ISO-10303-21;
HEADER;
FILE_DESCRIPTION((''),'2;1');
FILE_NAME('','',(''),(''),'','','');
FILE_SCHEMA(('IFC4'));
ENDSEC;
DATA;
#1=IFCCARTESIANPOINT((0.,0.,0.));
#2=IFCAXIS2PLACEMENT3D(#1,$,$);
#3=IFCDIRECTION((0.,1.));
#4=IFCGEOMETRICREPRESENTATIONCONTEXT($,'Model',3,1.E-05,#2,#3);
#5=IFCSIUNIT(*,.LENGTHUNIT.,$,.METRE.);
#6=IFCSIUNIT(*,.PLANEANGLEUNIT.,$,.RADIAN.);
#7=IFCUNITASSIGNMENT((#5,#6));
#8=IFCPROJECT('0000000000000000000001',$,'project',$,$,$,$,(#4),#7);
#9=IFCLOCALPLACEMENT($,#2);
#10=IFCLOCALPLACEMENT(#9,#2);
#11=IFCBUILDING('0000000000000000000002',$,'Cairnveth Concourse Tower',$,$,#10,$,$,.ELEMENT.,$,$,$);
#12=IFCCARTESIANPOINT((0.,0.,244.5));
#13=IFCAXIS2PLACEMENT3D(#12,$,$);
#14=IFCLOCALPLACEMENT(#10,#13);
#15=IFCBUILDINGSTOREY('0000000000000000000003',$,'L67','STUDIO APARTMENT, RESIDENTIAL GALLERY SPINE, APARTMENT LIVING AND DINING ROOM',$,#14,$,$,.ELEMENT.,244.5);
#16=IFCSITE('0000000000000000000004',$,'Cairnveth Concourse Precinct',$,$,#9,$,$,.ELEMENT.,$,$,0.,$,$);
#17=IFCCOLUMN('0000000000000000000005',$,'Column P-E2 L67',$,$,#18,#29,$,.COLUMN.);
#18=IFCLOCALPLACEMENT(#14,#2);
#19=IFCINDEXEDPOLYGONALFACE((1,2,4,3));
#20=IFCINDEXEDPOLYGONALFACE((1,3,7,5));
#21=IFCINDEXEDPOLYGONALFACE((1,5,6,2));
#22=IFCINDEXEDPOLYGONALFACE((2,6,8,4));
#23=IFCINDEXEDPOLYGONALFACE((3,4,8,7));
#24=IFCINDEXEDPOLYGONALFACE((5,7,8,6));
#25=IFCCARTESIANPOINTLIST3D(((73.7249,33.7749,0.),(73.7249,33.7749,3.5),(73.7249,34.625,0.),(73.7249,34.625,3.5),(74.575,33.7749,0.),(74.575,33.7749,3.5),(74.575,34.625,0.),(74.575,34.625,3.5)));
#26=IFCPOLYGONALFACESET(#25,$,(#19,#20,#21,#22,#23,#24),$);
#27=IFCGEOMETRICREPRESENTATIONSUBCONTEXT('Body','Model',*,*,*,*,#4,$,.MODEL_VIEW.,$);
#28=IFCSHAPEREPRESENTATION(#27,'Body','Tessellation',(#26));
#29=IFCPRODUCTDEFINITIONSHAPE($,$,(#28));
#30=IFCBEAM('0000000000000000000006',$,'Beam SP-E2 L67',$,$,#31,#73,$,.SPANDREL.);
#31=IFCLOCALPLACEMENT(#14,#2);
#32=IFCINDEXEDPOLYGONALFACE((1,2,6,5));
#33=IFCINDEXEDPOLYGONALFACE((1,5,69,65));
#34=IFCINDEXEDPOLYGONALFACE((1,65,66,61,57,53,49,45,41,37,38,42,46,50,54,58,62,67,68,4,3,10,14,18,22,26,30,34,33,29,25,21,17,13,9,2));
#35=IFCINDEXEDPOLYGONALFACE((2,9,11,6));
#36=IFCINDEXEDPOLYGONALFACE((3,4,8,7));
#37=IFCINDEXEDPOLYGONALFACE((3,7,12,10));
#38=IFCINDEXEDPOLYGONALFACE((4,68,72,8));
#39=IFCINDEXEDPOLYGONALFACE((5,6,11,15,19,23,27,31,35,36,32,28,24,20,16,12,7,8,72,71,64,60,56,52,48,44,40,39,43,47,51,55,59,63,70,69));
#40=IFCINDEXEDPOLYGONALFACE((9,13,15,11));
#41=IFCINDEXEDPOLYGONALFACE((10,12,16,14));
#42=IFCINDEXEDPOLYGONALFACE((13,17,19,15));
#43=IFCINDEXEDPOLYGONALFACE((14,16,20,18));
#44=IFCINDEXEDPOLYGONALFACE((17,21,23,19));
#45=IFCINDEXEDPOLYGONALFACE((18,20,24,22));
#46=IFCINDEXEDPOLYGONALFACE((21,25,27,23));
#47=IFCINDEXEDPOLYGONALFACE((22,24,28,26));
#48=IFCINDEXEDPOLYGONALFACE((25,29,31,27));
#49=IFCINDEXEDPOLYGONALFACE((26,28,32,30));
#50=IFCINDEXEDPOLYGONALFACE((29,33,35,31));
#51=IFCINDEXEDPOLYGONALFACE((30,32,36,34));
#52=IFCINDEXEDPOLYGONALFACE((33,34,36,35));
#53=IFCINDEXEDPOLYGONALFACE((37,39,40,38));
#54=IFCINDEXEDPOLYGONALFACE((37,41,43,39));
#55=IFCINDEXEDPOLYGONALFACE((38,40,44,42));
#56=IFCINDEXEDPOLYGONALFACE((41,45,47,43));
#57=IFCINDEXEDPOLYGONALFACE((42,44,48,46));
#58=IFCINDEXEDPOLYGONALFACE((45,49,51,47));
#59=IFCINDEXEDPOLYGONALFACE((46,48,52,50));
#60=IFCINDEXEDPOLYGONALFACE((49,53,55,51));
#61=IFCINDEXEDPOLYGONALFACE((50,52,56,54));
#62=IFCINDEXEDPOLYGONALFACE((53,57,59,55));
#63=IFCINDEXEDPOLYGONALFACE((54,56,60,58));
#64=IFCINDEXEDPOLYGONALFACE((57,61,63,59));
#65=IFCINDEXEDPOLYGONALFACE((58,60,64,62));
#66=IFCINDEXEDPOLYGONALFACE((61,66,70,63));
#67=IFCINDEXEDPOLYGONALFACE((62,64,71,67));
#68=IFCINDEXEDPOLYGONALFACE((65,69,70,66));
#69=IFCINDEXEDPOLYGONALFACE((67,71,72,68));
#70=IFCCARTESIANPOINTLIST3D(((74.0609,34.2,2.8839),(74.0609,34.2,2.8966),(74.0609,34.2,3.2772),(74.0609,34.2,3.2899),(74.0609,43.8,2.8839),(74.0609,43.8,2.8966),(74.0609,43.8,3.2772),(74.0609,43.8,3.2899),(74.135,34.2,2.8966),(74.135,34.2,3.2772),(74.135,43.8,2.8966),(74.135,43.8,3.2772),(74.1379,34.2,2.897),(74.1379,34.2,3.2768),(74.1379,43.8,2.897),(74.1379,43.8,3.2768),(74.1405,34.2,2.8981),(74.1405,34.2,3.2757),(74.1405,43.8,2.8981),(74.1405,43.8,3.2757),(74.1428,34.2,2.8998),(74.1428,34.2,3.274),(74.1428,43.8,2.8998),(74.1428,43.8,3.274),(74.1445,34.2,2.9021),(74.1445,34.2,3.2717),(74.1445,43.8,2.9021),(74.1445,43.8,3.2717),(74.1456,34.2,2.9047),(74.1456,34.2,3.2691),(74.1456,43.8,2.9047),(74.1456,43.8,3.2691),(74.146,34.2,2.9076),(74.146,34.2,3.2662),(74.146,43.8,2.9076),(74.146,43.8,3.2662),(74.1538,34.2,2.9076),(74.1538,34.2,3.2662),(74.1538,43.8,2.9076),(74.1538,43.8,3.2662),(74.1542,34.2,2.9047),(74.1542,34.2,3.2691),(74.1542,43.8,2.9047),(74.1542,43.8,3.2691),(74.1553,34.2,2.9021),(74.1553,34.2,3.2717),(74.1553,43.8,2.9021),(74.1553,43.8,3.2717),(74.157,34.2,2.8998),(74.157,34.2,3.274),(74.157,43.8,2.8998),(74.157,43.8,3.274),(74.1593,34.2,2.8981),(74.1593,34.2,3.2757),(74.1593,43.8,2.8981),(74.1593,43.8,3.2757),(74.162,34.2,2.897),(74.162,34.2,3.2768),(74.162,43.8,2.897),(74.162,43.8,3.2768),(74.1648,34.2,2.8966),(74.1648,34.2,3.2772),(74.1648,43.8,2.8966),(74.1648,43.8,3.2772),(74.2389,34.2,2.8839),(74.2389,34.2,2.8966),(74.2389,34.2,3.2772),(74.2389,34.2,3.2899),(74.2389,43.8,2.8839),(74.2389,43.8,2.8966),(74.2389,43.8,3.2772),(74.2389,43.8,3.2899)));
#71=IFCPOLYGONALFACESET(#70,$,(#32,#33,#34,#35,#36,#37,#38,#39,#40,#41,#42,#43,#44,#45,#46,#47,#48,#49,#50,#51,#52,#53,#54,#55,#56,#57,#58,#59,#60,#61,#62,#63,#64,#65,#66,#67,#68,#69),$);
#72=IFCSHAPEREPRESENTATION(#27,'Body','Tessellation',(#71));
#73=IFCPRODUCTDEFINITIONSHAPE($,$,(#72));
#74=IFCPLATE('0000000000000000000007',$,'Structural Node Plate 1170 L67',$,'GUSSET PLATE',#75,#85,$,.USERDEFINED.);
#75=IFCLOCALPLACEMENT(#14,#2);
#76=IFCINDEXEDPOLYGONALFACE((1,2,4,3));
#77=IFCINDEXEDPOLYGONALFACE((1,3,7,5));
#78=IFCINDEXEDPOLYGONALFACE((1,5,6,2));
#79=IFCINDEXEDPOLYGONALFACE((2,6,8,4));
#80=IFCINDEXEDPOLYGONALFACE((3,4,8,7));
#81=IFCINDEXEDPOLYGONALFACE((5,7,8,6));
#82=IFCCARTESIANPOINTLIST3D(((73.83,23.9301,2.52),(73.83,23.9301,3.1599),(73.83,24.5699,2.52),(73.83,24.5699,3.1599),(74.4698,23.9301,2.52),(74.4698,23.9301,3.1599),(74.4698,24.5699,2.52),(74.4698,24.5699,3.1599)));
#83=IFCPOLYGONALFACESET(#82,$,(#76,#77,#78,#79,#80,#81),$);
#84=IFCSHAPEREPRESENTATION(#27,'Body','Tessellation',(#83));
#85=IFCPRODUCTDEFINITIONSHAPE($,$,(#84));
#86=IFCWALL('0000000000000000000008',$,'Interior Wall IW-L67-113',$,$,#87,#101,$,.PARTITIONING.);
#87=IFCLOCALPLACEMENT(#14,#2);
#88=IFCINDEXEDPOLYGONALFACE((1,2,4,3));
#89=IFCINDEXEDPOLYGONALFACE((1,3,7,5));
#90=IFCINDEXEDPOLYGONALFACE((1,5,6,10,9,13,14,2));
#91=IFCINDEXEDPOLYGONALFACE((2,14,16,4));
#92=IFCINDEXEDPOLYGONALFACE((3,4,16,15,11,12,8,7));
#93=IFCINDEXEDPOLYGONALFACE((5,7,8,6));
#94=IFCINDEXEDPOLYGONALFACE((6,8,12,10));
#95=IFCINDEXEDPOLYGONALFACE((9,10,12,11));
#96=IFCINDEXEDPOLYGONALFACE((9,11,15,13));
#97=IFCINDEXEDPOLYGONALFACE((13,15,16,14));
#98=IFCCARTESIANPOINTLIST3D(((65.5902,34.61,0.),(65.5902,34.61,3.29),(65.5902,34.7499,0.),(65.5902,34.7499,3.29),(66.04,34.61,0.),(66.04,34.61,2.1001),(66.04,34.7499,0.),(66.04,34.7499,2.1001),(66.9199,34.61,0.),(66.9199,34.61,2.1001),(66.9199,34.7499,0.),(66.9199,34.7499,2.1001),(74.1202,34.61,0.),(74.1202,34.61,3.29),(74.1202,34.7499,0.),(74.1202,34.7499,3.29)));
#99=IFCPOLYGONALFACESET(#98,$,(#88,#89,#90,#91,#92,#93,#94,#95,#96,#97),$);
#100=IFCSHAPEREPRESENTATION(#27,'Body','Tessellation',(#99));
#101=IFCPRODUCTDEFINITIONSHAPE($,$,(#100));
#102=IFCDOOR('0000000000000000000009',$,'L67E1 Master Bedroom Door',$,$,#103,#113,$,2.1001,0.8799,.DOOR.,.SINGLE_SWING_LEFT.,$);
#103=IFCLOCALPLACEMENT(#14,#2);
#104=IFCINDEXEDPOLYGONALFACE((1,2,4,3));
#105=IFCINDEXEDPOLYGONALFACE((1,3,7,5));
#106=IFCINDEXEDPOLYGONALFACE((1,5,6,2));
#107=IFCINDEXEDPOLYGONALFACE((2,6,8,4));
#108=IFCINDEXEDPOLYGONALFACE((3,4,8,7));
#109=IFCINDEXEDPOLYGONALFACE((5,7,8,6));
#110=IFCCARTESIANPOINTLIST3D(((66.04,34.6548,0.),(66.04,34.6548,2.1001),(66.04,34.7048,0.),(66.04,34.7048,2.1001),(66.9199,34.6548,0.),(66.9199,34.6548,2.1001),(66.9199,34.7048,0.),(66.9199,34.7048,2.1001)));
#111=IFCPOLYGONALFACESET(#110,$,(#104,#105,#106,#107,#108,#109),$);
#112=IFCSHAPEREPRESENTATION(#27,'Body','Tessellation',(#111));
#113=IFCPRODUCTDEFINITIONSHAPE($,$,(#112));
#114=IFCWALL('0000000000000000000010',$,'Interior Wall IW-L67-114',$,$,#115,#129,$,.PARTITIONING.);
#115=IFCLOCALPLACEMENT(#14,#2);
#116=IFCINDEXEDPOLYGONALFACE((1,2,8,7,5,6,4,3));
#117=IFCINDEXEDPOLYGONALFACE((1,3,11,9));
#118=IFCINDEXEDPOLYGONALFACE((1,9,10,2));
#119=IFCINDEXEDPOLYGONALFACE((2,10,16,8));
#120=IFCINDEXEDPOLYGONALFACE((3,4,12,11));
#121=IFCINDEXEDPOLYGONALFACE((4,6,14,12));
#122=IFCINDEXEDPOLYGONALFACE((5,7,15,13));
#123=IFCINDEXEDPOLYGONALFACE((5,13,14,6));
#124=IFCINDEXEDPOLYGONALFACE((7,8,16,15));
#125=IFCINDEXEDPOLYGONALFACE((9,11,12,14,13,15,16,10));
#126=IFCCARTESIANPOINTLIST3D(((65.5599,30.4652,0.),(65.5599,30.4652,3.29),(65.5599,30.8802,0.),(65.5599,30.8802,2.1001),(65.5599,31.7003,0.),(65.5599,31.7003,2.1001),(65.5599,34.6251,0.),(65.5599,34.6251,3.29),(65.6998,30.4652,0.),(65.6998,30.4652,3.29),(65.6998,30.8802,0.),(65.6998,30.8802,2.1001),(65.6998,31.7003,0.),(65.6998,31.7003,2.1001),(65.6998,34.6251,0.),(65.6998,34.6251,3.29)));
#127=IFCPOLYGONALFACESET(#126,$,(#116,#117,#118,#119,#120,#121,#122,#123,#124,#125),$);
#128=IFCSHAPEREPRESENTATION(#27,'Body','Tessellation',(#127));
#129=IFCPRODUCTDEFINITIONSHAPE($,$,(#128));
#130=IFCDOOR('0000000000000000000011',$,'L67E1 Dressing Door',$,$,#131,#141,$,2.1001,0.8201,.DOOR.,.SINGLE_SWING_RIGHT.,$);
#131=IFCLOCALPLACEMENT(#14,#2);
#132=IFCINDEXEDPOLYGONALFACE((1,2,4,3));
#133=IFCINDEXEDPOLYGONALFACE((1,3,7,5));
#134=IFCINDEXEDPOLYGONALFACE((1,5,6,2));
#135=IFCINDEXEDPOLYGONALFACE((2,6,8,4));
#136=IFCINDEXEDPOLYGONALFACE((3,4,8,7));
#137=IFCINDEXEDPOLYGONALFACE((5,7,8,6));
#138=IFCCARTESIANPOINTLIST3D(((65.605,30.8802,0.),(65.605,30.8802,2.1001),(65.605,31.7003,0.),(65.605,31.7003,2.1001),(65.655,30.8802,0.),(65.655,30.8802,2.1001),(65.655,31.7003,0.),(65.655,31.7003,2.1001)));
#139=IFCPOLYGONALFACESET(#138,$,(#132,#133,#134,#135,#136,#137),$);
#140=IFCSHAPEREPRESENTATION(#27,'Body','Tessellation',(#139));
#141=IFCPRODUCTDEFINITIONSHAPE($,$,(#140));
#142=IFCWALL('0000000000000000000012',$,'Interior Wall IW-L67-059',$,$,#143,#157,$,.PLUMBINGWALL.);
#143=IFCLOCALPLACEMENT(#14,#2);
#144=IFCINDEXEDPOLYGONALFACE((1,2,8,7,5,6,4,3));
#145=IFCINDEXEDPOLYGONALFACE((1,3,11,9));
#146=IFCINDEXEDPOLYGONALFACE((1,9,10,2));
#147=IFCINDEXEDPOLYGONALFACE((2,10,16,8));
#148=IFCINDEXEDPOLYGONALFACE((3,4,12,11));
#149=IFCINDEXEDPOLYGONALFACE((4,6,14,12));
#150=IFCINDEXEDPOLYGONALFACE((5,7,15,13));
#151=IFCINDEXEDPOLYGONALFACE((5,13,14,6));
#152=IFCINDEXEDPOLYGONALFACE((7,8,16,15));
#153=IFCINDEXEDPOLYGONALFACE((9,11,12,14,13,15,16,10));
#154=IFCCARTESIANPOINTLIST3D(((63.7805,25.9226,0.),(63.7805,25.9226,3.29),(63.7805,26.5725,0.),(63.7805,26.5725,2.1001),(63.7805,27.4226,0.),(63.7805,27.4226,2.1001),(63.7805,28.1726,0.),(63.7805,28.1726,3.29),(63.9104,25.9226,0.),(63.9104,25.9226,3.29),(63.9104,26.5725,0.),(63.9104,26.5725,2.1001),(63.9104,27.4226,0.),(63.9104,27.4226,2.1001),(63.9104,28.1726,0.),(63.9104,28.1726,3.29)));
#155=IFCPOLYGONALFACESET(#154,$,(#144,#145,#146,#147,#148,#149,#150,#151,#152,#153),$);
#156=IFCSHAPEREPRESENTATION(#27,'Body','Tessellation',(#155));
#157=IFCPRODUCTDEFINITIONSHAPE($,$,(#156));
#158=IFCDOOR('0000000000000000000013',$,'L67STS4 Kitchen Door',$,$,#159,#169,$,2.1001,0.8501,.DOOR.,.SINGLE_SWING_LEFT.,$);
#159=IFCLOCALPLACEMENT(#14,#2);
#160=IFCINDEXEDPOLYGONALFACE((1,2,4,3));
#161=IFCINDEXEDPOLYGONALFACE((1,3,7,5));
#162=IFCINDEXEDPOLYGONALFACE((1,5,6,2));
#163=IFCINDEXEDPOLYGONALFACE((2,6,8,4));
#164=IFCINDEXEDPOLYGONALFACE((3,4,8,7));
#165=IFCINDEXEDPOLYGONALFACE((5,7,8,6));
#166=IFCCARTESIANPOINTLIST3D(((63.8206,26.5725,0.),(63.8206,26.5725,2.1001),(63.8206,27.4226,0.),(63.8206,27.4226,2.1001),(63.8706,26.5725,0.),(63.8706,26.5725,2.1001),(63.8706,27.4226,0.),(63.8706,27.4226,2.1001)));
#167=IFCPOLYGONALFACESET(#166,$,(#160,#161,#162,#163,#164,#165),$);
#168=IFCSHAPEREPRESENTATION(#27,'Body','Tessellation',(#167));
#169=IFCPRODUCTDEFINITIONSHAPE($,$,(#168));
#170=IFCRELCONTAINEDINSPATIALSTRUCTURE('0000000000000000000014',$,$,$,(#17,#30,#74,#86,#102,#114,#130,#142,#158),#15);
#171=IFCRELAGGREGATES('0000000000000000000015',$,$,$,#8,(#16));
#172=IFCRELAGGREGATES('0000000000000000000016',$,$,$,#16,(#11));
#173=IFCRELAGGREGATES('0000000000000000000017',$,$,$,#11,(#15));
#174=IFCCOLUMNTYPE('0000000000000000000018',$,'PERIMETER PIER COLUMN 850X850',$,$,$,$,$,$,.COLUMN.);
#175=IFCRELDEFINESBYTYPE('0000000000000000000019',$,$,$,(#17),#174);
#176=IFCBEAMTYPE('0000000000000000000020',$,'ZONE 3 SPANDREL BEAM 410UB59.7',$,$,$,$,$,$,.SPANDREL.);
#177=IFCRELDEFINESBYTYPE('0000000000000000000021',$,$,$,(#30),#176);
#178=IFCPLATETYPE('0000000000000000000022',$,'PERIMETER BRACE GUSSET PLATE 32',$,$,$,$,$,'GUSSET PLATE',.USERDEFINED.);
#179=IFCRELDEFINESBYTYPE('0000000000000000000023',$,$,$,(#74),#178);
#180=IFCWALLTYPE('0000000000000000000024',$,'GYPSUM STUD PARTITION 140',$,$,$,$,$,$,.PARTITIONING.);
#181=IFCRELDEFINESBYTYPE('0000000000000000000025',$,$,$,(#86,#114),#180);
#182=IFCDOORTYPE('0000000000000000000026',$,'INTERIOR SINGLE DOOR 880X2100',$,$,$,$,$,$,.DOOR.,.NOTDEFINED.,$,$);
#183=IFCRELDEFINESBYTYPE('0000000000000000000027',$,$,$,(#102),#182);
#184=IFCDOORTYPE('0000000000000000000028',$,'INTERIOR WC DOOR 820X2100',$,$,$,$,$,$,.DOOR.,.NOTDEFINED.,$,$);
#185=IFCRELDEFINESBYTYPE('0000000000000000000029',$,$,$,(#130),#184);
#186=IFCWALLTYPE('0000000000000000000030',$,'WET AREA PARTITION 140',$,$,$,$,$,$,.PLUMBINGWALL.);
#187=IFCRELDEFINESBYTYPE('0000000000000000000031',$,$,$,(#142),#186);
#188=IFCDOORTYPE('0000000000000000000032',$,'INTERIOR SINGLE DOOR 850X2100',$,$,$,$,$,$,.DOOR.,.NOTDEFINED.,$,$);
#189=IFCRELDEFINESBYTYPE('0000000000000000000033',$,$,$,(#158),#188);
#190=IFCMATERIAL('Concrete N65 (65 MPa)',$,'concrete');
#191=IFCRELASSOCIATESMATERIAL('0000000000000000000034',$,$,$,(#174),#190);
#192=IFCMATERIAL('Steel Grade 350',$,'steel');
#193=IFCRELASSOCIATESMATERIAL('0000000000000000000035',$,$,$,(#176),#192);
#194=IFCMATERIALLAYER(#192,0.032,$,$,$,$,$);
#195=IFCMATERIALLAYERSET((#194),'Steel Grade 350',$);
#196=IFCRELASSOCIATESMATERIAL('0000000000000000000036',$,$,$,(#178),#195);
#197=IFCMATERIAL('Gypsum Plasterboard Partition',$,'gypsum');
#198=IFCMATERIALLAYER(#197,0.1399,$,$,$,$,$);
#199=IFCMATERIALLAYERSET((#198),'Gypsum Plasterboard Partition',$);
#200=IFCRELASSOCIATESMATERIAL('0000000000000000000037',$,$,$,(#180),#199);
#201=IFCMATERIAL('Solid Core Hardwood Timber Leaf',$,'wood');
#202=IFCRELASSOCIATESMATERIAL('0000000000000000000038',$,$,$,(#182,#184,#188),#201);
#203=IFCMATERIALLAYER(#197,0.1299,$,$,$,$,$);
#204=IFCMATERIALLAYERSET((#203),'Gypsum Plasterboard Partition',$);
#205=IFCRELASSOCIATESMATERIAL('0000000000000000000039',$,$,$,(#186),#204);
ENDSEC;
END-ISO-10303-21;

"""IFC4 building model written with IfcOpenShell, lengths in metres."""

from ifc_helpers import new_model, si_unit, direction, frame, frame_2d, origin, origin_2d, place, context, subcontext, project, spatial, rectangle, i_section, extrude, material, layer, layer_set, material_profile, profile_set, type_object, element, fill, save


model = new_model("IFC4")

# Units and contexts
model_context = context("Model", 3, precision=1e-05, world=origin(), true_north=direction((0.0, 1.0)))
body_context = subcontext(model_context, "Body", "Model", "MODEL_VIEW")
ifc_project = project(units=[si_unit("LENGTHUNIT", "METRE"), si_unit("PLANEANGLEUNIT", "RADIAN")], contexts=[model_context])

# Site, building, storey
site_placement = place(None, origin())
site = spatial("IfcSite", under=ifc_project, at=site_placement, Name="Cairnveth Concourse Precinct", CompositionType="ELEMENT", RefElevation=0.0)
building_placement = place(site_placement, origin())
building = spatial("IfcBuilding", under=site, at=building_placement, Name="Cairnveth Concourse Tower", CompositionType="ELEMENT")
storey_placement = place(building_placement, frame((0.0, 0.0, 244.5)))
storey = spatial("IfcBuildingStorey", under=building, at=storey_placement, Name="L67", Description="STUDIO APARTMENT, RESIDENTIAL GALLERY SPINE, APARTMENT LIVING AND DINING ROOM", CompositionType="ELEMENT", Elevation=244.5)

# Column
ifc_material_1 = material(Name="Concrete N65 (65 MPa)", Category="concrete")
ifc_material_profile_1 = material_profile(ifc_material_1, rectangle(XDim=0.8501, YDim=0.8501, at=origin_2d()), Name="RC-COL-850x850")
ifc_profile_set_1 = profile_set([ifc_material_profile_1], Name="Concrete N65 (65 MPa)")
column_type = type_object("IfcColumnType", Name="PERIMETER PIER COLUMN 850X850", PredefinedType="COLUMN", material=ifc_profile_set_1)
column_placement = place(storey_placement, frame((74.1499, 34.2, 0.0), z_axis=(0.0, 0.0, 1.0), x_axis=(0.0, 1.0, 0.0)))
element("IfcColumn", 1, at=column_placement, inside=storey, type_object=column_type, Name="Column P-E2 L67", PredefinedType="COLUMN", context=body_context, shape_type="SweptSolid", body=[
    extrude(rectangle(XDim=0.8501, YDim=0.8501, at=origin_2d()), origin(), (0.0, 0.0, 1.0), 3.5),
])

# Beam
ifc_material_2 = material(Name="Steel Grade 350", Category="steel")
ifc_material_profile_2 = material_profile(ifc_material_2, i_section(OverallWidth=0.178, OverallDepth=0.406, WebThickness=0.0078, FlangeThickness=0.0127, FilletRadius=0.011, at=origin_2d()), Name="410UB59.7")
ifc_profile_set_2 = profile_set([ifc_material_profile_2], Name="Steel Grade 350")
beam_type = type_object("IfcBeamType", Name="ZONE 3 SPANDREL BEAM 410UB59.7", PredefinedType="SPANDREL", material=ifc_profile_set_2)
beam_placement = place(storey_placement, frame((74.1499, 34.2, 3.0869), z_axis=(0.0, 1.0, 0.0), x_axis=(-1.0, 0.0, 0.0)))
element("IfcBeam", 2, at=beam_placement, inside=storey, type_object=beam_type, Name="Beam SP-E2 L67", PredefinedType="SPANDREL", context=body_context, shape_type="SweptSolid", body=[
    extrude(i_section(OverallWidth=0.178, OverallDepth=0.406, WebThickness=0.0078, FlangeThickness=0.0127, FilletRadius=0.011, at=origin_2d()), origin(), (0.0, 0.0, 1.0), 9.6001),
])

# Plate
ifc_layer_1 = layer(ifc_material_2, 0.032)
ifc_layer_set_1 = layer_set([ifc_layer_1], Name="Steel Grade 350")
plate_type = type_object("IfcPlateType", Name="PERIMETER BRACE GUSSET PLATE 32", ElementType="GUSSET PLATE", PredefinedType="USERDEFINED", material=ifc_layer_set_1)
plate_placement = place(storey_placement, frame((74.1499, 24.25, 2.52), z_axis=(0.0, 0.0, 1.0), x_axis=(1.0, 0.0, 0.0)))
element("IfcPlate", 3, at=plate_placement, inside=storey, type_object=plate_type, Name="Structural Node Plate 1170 L67", ObjectType="GUSSET PLATE", PredefinedType="USERDEFINED", context=body_context, shape_type="SweptSolid", body=[
    extrude(rectangle(XDim=0.6399, YDim=0.6399, at=origin_2d()), origin(), (0.0, 0.0, 1.0), 0.6399),
])

# Walls, openings, doors
ifc_material_3 = material(Name="Gypsum Plasterboard Partition", Category="gypsum")
ifc_layer_2 = layer(ifc_material_3, 0.1399)
ifc_layer_set_2 = layer_set([ifc_layer_2], Name="Gypsum Plasterboard Partition")
wall_type_1 = type_object("IfcWallType", Name="GYPSUM STUD PARTITION 140", PredefinedType="PARTITIONING", material=ifc_layer_set_2)
wall_1_placement = place(storey_placement, frame((65.5901, 34.6799, 0.0), z_axis=(0.0, 0.0, 1.0), x_axis=(1.0, 0.0, 0.0)))
wall_1 = element("IfcWall", 4, at=wall_1_placement, inside=storey, type_object=wall_type_1, Name="Interior Wall IW-L67-113", PredefinedType="PARTITIONING", context=body_context, shape_type="SweptSolid", body=[
    extrude(rectangle(XDim=8.53, YDim=0.1399, at=frame_2d((4.2651, 0.0))), origin(), (0.0, 0.0, 1.0), 3.29),
])
opening_1_placement = place(wall_1_placement, frame((0.45, 0.0, 0.0)))
opening_1 = element("IfcOpeningElement", 5, at=opening_1_placement, cuts=wall_1, PredefinedType="OPENING", context=body_context, shape_type="SweptSolid", body=[
    extrude(rectangle(XDim=0.8799, YDim=2.1001, at=frame_2d((0.4399, 1.05))), frame((0.0, 0.0798, 0.0), z_axis=(0.0, -1.0, 0.0), x_axis=(1.0, 0.0, 0.0)), (0.0, 0.0, 1.0), 0.1599),
])
ifc_material_4 = material(Name="Solid Core Hardwood Timber Leaf", Category="wood")
door_type_1 = type_object("IfcDoorType", Name="INTERIOR SINGLE DOOR 880X2100", OperationType="NOTDEFINED", PredefinedType="DOOR", material=ifc_material_4)
door_1_placement = place(opening_1_placement, origin())
door_1 = element("IfcDoor", 6, at=door_1_placement, inside=storey, type_object=door_type_1, Name="L67E1 Master Bedroom Door", OperationType="SINGLE_SWING_LEFT", OverallHeight=2.1001, OverallWidth=0.8799, PredefinedType="DOOR", context=body_context, shape_type="SweptSolid", body=[
    extrude(rectangle(XDim=0.8799, YDim=2.1001, at=frame_2d((0.4399, 1.05))), frame((0.0, 0.0249, 0.0), z_axis=(0.0, -1.0, 0.0), x_axis=(1.0, 0.0, 0.0)), (0.0, 0.0, 1.0), 0.05),
])
fill(opening_1, door_1)
wall_2_placement = place(storey_placement, frame((65.6299, 30.4651, 0.0), z_axis=(0.0, 0.0, 1.0), x_axis=(0.0, 1.0, 0.0)))
wall_2 = element("IfcWall", 7, at=wall_2_placement, inside=storey, type_object=wall_type_1, Name="Interior Wall IW-L67-114", PredefinedType="PARTITIONING", context=body_context, shape_type="SweptSolid", body=[
    extrude(rectangle(XDim=4.1599, YDim=0.1399, at=frame_2d((2.0801, 0.0))), origin(), (0.0, 0.0, 1.0), 3.29),
])
opening_2_placement = place(wall_2_placement, frame((0.415, 0.0, 0.0)))
opening_2 = element("IfcOpeningElement", 8, at=opening_2_placement, cuts=wall_2, PredefinedType="OPENING", context=body_context, shape_type="SweptSolid", body=[
    extrude(rectangle(XDim=0.8201, YDim=2.1001, at=frame_2d((0.4102, 1.05))), frame((0.0, 0.0798, 0.0), z_axis=(0.0, -1.0, 0.0), x_axis=(1.0, 0.0, 0.0)), (0.0, 0.0, 1.0), 0.1599),
])
door_type_2 = type_object("IfcDoorType", Name="INTERIOR WC DOOR 820X2100", OperationType="NOTDEFINED", PredefinedType="DOOR", material=ifc_material_4)
door_2_placement = place(opening_2_placement, origin())
door_2 = element("IfcDoor", 9, at=door_2_placement, inside=storey, type_object=door_type_2, Name="L67E1 Dressing Door", OperationType="SINGLE_SWING_RIGHT", OverallHeight=2.1001, OverallWidth=0.8201, PredefinedType="DOOR", context=body_context, shape_type="SweptSolid", body=[
    extrude(rectangle(XDim=0.8201, YDim=2.1001, at=frame_2d((0.4102, 1.05))), frame((0.0, 0.0249, 0.0), z_axis=(0.0, -1.0, 0.0), x_axis=(1.0, 0.0, 0.0)), (0.0, 0.0, 1.0), 0.05),
])
fill(opening_2, door_2)
ifc_layer_3 = layer(ifc_material_3, 0.1299)
ifc_layer_set_3 = layer_set([ifc_layer_3], Name="Gypsum Plasterboard Partition")
wall_type_2 = type_object("IfcWallType", Name="WET AREA PARTITION 140", PredefinedType="PLUMBINGWALL", material=ifc_layer_set_3)
wall_3_placement = place(storey_placement, frame((63.8455, 25.9226, 0.0), z_axis=(0.0, 0.0, 1.0), x_axis=(0.0, 1.0, 0.0)))
wall_3 = element("IfcWall", 10, at=wall_3_placement, inside=storey, type_object=wall_type_2, Name="Interior Wall IW-L67-059", PredefinedType="PLUMBINGWALL", context=body_context, shape_type="SweptSolid", body=[
    extrude(rectangle(XDim=2.25, YDim=0.1299, at=frame_2d((1.125, 0.0))), origin(), (0.0, 0.0, 1.0), 3.29),
])
opening_3_placement = place(wall_3_placement, frame((0.6499, 0.0, 0.0)))
opening_3 = element("IfcOpeningElement", 11, at=opening_3_placement, cuts=wall_3, PredefinedType="OPENING", context=body_context, shape_type="SweptSolid", body=[
    extrude(rectangle(XDim=0.8501, YDim=2.1001, at=frame_2d((0.425, 1.05))), frame((0.0, 0.075, 0.0), z_axis=(0.0, -1.0, 0.0), x_axis=(1.0, 0.0, 0.0)), (0.0, 0.0, 1.0), 0.1499),
])
door_type_3 = type_object("IfcDoorType", Name="INTERIOR SINGLE DOOR 850X2100", OperationType="NOTDEFINED", PredefinedType="DOOR", material=ifc_material_4)
door_3_placement = place(opening_3_placement, origin())
door_3 = element("IfcDoor", 12, at=door_3_placement, inside=storey, type_object=door_type_3, Name="L67STS4 Kitchen Door", OperationType="SINGLE_SWING_LEFT", OverallHeight=2.1001, OverallWidth=0.8501, PredefinedType="DOOR", context=body_context, shape_type="SweptSolid", body=[
    extrude(rectangle(XDim=0.8501, YDim=2.1001, at=frame_2d((0.425, 1.05))), frame((0.0, 0.0249, 0.0), z_axis=(0.0, -1.0, 0.0), x_axis=(1.0, 0.0, 0.0)), (0.0, 0.0, 1.0), 0.05),
])
fill(opening_3, door_3)

save(model, "model.ifc")
